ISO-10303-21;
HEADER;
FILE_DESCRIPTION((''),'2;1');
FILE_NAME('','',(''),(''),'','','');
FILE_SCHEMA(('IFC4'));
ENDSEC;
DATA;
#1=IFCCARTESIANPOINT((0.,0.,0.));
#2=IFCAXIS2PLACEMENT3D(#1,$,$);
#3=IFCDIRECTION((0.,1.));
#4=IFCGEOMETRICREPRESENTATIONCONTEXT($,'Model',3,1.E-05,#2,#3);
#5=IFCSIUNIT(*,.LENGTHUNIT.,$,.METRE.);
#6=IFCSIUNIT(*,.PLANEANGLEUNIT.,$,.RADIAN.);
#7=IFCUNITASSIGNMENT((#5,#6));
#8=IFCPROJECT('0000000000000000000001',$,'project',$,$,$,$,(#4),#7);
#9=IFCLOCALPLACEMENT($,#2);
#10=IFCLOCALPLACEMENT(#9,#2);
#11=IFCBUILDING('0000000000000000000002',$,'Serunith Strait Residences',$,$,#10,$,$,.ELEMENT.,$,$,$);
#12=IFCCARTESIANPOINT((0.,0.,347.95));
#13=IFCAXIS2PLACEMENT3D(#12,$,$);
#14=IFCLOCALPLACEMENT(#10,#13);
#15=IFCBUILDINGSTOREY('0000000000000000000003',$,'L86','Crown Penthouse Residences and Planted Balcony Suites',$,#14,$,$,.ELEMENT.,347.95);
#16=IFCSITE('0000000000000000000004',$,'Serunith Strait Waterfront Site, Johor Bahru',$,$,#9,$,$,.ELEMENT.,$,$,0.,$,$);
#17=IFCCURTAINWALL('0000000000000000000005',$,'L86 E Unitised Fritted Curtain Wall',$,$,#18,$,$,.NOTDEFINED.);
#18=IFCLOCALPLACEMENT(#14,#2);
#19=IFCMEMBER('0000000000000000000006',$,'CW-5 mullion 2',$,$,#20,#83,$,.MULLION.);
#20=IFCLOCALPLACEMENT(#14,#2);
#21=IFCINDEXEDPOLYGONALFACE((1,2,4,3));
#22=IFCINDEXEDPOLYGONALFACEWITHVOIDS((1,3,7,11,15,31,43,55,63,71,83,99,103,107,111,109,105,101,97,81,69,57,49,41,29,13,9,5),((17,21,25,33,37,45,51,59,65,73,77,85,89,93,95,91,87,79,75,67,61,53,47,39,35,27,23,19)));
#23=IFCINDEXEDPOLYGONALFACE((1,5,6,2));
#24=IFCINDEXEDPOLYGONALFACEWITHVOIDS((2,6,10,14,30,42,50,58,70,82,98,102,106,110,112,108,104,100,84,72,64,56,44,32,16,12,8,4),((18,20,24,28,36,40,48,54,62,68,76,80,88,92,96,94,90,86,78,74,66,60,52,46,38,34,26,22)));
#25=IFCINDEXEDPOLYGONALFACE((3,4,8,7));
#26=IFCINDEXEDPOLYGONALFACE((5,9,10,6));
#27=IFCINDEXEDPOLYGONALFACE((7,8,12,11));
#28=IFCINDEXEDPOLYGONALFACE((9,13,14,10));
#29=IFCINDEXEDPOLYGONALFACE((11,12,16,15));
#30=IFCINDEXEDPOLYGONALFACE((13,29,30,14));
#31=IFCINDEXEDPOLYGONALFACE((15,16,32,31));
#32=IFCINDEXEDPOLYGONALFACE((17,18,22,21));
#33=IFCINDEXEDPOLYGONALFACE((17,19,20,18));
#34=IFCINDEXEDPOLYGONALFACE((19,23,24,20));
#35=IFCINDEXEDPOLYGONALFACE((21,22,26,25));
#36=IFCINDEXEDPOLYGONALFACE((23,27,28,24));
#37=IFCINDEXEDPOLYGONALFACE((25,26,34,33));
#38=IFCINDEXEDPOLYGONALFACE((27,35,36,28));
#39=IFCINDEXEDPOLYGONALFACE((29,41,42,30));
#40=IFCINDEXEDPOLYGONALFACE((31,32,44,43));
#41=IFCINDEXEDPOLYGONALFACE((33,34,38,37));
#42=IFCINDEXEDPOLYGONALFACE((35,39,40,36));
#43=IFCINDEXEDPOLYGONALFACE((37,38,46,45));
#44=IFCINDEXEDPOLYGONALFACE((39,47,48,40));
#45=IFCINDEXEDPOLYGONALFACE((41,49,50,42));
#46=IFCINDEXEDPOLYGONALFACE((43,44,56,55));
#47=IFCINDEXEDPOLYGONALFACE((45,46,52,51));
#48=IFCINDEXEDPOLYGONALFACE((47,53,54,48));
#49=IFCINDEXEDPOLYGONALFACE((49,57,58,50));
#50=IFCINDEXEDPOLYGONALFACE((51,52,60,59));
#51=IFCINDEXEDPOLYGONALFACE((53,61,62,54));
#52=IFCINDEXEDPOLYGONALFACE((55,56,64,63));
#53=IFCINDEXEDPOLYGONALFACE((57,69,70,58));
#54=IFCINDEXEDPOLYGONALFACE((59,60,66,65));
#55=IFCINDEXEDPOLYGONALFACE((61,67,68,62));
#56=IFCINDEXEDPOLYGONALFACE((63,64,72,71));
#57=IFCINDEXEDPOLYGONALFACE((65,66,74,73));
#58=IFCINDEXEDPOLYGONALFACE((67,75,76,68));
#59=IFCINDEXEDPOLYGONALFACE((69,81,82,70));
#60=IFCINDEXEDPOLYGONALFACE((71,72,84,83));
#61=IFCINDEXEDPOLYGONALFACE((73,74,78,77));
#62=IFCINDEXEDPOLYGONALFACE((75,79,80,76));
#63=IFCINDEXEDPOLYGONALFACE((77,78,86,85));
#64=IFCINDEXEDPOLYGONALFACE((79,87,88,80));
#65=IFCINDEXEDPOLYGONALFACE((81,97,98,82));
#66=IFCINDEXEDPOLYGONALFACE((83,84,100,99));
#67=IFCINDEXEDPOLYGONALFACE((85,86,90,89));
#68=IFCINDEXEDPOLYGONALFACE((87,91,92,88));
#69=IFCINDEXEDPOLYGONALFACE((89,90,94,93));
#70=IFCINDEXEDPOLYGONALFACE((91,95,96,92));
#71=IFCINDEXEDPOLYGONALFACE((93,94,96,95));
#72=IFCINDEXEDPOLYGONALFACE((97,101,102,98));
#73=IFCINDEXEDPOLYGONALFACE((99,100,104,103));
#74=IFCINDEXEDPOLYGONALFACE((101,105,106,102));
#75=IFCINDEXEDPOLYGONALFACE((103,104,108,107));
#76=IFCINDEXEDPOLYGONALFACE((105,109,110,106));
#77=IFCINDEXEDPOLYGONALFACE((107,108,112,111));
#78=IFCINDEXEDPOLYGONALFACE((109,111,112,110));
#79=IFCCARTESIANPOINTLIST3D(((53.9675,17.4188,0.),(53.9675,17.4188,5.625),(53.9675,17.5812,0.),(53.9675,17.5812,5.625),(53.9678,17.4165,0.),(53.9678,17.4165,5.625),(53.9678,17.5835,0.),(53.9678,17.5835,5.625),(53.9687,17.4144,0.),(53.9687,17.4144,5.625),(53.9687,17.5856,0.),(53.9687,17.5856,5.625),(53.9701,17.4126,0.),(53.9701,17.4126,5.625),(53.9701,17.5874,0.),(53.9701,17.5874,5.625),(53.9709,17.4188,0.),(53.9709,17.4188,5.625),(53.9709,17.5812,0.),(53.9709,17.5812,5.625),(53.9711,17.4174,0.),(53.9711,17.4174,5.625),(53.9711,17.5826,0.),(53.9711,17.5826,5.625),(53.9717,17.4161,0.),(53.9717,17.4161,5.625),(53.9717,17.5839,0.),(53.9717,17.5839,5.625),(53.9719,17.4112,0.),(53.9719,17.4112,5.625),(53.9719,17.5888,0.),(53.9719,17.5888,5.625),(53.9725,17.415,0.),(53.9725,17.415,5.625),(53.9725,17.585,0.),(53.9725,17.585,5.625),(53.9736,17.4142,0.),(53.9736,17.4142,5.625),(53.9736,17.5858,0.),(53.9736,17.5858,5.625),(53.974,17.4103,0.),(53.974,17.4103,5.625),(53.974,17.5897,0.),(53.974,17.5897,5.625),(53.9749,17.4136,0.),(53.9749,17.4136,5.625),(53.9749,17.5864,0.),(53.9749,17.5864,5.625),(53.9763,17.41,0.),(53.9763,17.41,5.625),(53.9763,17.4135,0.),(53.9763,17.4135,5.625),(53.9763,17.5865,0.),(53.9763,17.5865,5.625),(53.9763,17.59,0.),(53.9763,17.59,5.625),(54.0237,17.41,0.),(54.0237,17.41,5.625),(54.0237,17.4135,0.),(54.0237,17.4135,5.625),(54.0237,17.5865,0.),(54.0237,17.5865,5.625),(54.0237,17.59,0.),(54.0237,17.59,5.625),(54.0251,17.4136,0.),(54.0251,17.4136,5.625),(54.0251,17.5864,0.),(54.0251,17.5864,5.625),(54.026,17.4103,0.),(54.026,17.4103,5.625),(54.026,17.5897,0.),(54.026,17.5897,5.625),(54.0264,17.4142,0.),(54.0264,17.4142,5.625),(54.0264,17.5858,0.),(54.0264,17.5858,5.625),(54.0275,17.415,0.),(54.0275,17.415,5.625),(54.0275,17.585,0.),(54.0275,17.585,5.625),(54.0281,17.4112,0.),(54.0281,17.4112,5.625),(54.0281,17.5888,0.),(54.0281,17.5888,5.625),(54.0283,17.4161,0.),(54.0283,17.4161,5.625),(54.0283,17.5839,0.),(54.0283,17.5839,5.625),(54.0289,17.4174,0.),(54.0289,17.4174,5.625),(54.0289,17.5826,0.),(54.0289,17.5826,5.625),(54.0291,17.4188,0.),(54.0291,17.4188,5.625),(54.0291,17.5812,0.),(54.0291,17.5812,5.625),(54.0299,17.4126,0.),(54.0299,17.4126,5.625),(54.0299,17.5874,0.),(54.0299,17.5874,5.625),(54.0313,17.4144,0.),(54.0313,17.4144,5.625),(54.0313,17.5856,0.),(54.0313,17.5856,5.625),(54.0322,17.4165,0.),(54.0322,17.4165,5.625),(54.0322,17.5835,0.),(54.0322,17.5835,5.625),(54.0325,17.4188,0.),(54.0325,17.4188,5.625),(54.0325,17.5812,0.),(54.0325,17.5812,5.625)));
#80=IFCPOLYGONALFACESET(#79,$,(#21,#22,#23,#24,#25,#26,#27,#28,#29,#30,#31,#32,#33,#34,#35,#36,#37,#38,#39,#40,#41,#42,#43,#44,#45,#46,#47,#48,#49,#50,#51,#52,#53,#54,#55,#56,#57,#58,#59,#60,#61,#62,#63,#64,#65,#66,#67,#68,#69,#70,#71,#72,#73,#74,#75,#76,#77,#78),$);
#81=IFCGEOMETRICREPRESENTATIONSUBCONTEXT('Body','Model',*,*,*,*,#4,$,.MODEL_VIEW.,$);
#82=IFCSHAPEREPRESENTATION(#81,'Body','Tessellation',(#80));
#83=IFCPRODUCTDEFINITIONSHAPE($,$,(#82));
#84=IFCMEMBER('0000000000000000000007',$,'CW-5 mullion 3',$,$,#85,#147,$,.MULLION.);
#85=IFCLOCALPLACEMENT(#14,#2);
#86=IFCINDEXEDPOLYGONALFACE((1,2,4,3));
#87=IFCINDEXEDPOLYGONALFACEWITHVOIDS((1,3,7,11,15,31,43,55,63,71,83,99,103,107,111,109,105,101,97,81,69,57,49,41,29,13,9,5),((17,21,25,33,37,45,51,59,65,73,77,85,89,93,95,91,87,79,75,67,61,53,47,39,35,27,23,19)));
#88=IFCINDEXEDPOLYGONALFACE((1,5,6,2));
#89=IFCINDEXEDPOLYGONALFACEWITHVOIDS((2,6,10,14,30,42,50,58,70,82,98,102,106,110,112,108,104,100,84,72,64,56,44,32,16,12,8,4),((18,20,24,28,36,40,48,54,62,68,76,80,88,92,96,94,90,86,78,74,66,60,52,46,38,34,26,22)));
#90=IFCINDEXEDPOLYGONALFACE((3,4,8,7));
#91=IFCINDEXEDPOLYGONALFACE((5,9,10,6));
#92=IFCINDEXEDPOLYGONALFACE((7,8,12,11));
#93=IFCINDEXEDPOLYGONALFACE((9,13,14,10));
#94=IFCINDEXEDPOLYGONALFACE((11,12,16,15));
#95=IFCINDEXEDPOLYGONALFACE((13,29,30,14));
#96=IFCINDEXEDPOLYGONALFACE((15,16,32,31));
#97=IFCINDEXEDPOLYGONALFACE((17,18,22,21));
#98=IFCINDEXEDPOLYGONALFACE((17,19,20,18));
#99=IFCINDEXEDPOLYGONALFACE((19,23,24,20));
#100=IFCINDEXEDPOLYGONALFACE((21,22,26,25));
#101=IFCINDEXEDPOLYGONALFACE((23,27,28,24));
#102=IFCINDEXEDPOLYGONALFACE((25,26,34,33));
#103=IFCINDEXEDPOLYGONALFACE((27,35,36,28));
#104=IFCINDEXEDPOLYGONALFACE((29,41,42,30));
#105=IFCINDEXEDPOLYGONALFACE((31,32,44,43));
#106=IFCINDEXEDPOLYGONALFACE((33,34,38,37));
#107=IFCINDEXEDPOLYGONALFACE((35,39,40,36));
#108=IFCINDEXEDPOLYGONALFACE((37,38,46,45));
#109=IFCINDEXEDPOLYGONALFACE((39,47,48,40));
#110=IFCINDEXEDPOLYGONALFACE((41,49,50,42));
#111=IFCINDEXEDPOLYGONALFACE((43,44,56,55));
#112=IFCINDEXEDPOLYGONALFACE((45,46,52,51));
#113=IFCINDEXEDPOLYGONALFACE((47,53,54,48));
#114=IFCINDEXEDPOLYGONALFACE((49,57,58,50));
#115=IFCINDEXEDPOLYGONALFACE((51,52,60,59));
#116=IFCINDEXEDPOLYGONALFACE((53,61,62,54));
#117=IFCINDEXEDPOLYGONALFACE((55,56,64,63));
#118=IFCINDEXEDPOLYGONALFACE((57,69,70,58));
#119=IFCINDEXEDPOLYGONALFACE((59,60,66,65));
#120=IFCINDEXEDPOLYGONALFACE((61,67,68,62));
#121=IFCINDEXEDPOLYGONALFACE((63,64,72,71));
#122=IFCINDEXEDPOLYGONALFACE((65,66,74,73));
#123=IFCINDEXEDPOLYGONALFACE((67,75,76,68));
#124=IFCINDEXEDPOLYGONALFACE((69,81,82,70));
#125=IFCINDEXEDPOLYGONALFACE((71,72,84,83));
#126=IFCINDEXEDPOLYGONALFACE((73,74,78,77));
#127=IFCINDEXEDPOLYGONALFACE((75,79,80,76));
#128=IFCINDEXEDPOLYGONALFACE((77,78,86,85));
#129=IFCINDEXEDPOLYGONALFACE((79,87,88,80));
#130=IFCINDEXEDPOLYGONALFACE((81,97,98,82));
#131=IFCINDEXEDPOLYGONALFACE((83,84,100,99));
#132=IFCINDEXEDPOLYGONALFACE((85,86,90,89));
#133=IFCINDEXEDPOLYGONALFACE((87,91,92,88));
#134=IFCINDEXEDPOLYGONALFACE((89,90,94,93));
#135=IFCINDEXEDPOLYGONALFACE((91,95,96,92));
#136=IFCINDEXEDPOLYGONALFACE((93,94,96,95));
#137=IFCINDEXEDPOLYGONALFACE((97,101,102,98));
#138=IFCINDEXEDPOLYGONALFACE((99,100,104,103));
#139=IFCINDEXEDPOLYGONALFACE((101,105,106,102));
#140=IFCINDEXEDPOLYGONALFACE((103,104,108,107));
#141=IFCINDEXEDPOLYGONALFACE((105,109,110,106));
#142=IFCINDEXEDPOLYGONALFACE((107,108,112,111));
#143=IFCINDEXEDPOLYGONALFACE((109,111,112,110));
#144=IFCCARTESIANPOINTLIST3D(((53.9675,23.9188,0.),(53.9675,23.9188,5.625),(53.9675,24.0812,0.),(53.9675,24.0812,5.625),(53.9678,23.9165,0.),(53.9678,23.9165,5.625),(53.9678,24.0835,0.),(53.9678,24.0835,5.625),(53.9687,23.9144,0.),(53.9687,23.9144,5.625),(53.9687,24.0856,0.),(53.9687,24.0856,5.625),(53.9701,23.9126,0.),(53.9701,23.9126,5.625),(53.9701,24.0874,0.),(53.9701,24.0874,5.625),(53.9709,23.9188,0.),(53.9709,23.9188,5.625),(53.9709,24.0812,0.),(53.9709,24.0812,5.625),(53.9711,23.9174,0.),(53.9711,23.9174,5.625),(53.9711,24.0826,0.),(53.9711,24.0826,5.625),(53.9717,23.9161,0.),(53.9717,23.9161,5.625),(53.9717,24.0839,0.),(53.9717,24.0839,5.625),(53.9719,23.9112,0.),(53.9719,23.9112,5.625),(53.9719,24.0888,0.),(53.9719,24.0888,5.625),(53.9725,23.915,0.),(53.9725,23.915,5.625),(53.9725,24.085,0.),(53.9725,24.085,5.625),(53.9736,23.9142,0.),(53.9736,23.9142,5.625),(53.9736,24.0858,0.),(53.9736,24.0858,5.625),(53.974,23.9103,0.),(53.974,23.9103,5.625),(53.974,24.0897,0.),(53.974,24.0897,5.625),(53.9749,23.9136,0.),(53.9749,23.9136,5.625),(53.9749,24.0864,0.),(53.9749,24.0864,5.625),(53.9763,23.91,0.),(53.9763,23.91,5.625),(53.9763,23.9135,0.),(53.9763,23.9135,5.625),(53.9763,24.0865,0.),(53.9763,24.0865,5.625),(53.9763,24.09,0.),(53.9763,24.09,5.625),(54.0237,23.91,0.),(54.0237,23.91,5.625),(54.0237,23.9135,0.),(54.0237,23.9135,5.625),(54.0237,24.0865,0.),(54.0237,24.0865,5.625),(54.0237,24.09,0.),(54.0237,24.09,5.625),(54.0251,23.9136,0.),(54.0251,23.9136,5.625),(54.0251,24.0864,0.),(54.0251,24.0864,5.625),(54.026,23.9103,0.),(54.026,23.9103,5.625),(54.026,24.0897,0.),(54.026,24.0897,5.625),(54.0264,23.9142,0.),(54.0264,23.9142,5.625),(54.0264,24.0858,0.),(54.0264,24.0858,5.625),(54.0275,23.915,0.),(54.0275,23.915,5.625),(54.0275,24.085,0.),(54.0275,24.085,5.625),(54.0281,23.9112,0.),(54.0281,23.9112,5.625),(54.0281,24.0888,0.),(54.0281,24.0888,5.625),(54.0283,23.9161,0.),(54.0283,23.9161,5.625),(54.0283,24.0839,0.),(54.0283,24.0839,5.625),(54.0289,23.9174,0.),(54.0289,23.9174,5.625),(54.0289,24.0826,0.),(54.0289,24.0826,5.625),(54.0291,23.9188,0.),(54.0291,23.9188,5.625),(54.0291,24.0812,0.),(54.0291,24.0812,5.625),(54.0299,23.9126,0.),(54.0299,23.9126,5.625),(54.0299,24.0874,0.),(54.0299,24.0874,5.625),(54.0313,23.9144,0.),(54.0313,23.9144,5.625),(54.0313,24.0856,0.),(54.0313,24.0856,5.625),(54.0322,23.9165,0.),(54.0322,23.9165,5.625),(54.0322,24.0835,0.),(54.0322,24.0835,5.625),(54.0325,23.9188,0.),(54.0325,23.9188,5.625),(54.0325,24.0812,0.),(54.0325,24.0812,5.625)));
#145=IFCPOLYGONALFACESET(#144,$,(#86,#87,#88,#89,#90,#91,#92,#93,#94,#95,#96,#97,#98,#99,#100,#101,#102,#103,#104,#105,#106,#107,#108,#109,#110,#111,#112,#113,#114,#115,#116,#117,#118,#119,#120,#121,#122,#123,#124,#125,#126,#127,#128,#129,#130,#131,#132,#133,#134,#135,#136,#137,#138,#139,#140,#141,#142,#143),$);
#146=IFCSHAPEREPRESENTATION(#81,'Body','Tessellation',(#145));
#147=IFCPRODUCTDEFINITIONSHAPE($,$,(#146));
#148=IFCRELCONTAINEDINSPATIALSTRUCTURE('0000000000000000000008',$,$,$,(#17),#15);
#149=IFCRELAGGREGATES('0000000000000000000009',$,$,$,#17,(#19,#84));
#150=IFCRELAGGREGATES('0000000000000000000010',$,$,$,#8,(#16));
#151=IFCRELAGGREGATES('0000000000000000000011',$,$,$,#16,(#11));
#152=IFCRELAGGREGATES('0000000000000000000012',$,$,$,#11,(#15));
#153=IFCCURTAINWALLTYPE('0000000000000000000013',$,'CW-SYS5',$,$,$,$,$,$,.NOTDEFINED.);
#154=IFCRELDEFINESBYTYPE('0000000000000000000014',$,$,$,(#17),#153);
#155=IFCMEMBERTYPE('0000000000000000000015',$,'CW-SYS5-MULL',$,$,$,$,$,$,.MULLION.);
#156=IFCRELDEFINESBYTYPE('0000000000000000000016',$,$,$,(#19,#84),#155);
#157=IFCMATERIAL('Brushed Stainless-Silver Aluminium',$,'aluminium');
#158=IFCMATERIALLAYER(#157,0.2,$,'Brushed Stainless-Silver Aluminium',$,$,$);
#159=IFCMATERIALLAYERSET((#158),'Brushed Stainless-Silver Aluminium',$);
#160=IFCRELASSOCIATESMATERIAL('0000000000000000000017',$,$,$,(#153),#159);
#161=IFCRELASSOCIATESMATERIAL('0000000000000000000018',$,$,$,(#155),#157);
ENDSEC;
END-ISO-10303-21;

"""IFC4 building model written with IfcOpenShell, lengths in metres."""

from ifc_helpers import new_model, si_unit, direction, frame, origin, origin_2d, place, context, subcontext, project, spatial, hollow_rectangle, extrude, source, transform, mapped, material, layer, layer_set, material_profile, profile_set, type_object, element, aggregate, save


model = new_model("IFC4")

# Units and contexts
model_context = context("Model", 3, precision=1e-05, world=origin(), true_north=direction((0.0, 1.0)))
body_context = subcontext(model_context, "Body", "Model", "MODEL_VIEW")
ifc_project = project(units=[si_unit("LENGTHUNIT", "METRE"), si_unit("PLANEANGLEUNIT", "RADIAN")], contexts=[model_context])

# Site, building, storey
site_placement = place(None, origin())
site = spatial("IfcSite", under=ifc_project, at=site_placement, Name="Serunith Strait Waterfront Site, Johor Bahru", CompositionType="ELEMENT", RefElevation=0.0)
building_placement = place(site_placement, origin())
building = spatial("IfcBuilding", under=site, at=building_placement, Name="Serunith Strait Residences", CompositionType="ELEMENT")
storey_placement = place(building_placement, frame((0.0, 0.0, 347.95)))
storey = spatial("IfcBuildingStorey", under=building, at=storey_placement, Name="L86", Description="Crown Penthouse Residences and Planted Balcony Suites", CompositionType="ELEMENT", Elevation=347.95)

# Curtain wall, members
ifc_material_1 = material(Name="Brushed Stainless-Silver Aluminium", Category="aluminium")
ifc_layer_1 = layer(ifc_material_1, 0.2, Name="Brushed Stainless-Silver Aluminium")
ifc_layer_set_1 = layer_set([ifc_layer_1], Name="Brushed Stainless-Silver Aluminium")
curtain_wall_type = type_object("IfcCurtainWallType", Name="CW-SYS5", PredefinedType="NOTDEFINED", material=ifc_layer_set_1)
curtain_wall_placement = place(storey_placement, origin())
curtain_wall = element("IfcCurtainWall", 1, at=curtain_wall_placement, inside=storey, type_object=curtain_wall_type, Name="L86 E Unitised Fritted Curtain Wall", PredefinedType="NOTDEFINED")
ifc_material_profile_1 = material_profile(ifc_material_1, hollow_rectangle(XDim=0.0649, YDim=0.1799, WallThickness=0.0034, InnerFilletRadius=0.0054, OuterFilletRadius=0.0088, at=origin_2d()), Name="ALU 180x65x3.5")
ifc_profile_set_1 = profile_set([ifc_material_profile_1], Name="Brushed Stainless-Silver Aluminium")
member_type_1 = type_object("IfcMemberType", Name="CW-SYS5-MULL", PredefinedType="MULLION", material=ifc_profile_set_1)
shared_shape_1 = source(origin(), body_context, "Body", "SweptSolid", [
    extrude(hollow_rectangle(XDim=0.0649, YDim=0.1799, WallThickness=0.0034, InnerFilletRadius=0.0054, OuterFilletRadius=0.0088, at=origin_2d()), origin(), (0.0, 0.0, 1.0), 5.625),
])
member_1_placement = place(storey_placement, frame((54.0, 17.5, 0.0), z_axis=(0.0, 0.0, 1.0), x_axis=(-1.0, 0.0, 0.0)))
member_1 = element("IfcMember", 2, at=member_1_placement, type_object=member_type_1, Name="CW-5 mullion 2", PredefinedType="MULLION", context=body_context, shape_type="MappedRepresentation", body=[
    mapped(shared_shape_1, transform((0.0, 0.0, 0.0), scale=1.0)),
])
member_2_placement = place(storey_placement, frame((54.0, 24.0, 0.0), z_axis=(0.0, 0.0, 1.0), x_axis=(-1.0, 0.0, 0.0)))
member_2 = element("IfcMember", 3, at=member_2_placement, type_object=member_type_1, Name="CW-5 mullion 3", PredefinedType="MULLION", context=body_context, shape_type="MappedRepresentation", body=[
    mapped(shared_shape_1, transform((0.0, 0.0, 0.0), scale=1.0)),
])
aggregate(curtain_wall, [member_1, member_2])

save(model, "model.ifc")
